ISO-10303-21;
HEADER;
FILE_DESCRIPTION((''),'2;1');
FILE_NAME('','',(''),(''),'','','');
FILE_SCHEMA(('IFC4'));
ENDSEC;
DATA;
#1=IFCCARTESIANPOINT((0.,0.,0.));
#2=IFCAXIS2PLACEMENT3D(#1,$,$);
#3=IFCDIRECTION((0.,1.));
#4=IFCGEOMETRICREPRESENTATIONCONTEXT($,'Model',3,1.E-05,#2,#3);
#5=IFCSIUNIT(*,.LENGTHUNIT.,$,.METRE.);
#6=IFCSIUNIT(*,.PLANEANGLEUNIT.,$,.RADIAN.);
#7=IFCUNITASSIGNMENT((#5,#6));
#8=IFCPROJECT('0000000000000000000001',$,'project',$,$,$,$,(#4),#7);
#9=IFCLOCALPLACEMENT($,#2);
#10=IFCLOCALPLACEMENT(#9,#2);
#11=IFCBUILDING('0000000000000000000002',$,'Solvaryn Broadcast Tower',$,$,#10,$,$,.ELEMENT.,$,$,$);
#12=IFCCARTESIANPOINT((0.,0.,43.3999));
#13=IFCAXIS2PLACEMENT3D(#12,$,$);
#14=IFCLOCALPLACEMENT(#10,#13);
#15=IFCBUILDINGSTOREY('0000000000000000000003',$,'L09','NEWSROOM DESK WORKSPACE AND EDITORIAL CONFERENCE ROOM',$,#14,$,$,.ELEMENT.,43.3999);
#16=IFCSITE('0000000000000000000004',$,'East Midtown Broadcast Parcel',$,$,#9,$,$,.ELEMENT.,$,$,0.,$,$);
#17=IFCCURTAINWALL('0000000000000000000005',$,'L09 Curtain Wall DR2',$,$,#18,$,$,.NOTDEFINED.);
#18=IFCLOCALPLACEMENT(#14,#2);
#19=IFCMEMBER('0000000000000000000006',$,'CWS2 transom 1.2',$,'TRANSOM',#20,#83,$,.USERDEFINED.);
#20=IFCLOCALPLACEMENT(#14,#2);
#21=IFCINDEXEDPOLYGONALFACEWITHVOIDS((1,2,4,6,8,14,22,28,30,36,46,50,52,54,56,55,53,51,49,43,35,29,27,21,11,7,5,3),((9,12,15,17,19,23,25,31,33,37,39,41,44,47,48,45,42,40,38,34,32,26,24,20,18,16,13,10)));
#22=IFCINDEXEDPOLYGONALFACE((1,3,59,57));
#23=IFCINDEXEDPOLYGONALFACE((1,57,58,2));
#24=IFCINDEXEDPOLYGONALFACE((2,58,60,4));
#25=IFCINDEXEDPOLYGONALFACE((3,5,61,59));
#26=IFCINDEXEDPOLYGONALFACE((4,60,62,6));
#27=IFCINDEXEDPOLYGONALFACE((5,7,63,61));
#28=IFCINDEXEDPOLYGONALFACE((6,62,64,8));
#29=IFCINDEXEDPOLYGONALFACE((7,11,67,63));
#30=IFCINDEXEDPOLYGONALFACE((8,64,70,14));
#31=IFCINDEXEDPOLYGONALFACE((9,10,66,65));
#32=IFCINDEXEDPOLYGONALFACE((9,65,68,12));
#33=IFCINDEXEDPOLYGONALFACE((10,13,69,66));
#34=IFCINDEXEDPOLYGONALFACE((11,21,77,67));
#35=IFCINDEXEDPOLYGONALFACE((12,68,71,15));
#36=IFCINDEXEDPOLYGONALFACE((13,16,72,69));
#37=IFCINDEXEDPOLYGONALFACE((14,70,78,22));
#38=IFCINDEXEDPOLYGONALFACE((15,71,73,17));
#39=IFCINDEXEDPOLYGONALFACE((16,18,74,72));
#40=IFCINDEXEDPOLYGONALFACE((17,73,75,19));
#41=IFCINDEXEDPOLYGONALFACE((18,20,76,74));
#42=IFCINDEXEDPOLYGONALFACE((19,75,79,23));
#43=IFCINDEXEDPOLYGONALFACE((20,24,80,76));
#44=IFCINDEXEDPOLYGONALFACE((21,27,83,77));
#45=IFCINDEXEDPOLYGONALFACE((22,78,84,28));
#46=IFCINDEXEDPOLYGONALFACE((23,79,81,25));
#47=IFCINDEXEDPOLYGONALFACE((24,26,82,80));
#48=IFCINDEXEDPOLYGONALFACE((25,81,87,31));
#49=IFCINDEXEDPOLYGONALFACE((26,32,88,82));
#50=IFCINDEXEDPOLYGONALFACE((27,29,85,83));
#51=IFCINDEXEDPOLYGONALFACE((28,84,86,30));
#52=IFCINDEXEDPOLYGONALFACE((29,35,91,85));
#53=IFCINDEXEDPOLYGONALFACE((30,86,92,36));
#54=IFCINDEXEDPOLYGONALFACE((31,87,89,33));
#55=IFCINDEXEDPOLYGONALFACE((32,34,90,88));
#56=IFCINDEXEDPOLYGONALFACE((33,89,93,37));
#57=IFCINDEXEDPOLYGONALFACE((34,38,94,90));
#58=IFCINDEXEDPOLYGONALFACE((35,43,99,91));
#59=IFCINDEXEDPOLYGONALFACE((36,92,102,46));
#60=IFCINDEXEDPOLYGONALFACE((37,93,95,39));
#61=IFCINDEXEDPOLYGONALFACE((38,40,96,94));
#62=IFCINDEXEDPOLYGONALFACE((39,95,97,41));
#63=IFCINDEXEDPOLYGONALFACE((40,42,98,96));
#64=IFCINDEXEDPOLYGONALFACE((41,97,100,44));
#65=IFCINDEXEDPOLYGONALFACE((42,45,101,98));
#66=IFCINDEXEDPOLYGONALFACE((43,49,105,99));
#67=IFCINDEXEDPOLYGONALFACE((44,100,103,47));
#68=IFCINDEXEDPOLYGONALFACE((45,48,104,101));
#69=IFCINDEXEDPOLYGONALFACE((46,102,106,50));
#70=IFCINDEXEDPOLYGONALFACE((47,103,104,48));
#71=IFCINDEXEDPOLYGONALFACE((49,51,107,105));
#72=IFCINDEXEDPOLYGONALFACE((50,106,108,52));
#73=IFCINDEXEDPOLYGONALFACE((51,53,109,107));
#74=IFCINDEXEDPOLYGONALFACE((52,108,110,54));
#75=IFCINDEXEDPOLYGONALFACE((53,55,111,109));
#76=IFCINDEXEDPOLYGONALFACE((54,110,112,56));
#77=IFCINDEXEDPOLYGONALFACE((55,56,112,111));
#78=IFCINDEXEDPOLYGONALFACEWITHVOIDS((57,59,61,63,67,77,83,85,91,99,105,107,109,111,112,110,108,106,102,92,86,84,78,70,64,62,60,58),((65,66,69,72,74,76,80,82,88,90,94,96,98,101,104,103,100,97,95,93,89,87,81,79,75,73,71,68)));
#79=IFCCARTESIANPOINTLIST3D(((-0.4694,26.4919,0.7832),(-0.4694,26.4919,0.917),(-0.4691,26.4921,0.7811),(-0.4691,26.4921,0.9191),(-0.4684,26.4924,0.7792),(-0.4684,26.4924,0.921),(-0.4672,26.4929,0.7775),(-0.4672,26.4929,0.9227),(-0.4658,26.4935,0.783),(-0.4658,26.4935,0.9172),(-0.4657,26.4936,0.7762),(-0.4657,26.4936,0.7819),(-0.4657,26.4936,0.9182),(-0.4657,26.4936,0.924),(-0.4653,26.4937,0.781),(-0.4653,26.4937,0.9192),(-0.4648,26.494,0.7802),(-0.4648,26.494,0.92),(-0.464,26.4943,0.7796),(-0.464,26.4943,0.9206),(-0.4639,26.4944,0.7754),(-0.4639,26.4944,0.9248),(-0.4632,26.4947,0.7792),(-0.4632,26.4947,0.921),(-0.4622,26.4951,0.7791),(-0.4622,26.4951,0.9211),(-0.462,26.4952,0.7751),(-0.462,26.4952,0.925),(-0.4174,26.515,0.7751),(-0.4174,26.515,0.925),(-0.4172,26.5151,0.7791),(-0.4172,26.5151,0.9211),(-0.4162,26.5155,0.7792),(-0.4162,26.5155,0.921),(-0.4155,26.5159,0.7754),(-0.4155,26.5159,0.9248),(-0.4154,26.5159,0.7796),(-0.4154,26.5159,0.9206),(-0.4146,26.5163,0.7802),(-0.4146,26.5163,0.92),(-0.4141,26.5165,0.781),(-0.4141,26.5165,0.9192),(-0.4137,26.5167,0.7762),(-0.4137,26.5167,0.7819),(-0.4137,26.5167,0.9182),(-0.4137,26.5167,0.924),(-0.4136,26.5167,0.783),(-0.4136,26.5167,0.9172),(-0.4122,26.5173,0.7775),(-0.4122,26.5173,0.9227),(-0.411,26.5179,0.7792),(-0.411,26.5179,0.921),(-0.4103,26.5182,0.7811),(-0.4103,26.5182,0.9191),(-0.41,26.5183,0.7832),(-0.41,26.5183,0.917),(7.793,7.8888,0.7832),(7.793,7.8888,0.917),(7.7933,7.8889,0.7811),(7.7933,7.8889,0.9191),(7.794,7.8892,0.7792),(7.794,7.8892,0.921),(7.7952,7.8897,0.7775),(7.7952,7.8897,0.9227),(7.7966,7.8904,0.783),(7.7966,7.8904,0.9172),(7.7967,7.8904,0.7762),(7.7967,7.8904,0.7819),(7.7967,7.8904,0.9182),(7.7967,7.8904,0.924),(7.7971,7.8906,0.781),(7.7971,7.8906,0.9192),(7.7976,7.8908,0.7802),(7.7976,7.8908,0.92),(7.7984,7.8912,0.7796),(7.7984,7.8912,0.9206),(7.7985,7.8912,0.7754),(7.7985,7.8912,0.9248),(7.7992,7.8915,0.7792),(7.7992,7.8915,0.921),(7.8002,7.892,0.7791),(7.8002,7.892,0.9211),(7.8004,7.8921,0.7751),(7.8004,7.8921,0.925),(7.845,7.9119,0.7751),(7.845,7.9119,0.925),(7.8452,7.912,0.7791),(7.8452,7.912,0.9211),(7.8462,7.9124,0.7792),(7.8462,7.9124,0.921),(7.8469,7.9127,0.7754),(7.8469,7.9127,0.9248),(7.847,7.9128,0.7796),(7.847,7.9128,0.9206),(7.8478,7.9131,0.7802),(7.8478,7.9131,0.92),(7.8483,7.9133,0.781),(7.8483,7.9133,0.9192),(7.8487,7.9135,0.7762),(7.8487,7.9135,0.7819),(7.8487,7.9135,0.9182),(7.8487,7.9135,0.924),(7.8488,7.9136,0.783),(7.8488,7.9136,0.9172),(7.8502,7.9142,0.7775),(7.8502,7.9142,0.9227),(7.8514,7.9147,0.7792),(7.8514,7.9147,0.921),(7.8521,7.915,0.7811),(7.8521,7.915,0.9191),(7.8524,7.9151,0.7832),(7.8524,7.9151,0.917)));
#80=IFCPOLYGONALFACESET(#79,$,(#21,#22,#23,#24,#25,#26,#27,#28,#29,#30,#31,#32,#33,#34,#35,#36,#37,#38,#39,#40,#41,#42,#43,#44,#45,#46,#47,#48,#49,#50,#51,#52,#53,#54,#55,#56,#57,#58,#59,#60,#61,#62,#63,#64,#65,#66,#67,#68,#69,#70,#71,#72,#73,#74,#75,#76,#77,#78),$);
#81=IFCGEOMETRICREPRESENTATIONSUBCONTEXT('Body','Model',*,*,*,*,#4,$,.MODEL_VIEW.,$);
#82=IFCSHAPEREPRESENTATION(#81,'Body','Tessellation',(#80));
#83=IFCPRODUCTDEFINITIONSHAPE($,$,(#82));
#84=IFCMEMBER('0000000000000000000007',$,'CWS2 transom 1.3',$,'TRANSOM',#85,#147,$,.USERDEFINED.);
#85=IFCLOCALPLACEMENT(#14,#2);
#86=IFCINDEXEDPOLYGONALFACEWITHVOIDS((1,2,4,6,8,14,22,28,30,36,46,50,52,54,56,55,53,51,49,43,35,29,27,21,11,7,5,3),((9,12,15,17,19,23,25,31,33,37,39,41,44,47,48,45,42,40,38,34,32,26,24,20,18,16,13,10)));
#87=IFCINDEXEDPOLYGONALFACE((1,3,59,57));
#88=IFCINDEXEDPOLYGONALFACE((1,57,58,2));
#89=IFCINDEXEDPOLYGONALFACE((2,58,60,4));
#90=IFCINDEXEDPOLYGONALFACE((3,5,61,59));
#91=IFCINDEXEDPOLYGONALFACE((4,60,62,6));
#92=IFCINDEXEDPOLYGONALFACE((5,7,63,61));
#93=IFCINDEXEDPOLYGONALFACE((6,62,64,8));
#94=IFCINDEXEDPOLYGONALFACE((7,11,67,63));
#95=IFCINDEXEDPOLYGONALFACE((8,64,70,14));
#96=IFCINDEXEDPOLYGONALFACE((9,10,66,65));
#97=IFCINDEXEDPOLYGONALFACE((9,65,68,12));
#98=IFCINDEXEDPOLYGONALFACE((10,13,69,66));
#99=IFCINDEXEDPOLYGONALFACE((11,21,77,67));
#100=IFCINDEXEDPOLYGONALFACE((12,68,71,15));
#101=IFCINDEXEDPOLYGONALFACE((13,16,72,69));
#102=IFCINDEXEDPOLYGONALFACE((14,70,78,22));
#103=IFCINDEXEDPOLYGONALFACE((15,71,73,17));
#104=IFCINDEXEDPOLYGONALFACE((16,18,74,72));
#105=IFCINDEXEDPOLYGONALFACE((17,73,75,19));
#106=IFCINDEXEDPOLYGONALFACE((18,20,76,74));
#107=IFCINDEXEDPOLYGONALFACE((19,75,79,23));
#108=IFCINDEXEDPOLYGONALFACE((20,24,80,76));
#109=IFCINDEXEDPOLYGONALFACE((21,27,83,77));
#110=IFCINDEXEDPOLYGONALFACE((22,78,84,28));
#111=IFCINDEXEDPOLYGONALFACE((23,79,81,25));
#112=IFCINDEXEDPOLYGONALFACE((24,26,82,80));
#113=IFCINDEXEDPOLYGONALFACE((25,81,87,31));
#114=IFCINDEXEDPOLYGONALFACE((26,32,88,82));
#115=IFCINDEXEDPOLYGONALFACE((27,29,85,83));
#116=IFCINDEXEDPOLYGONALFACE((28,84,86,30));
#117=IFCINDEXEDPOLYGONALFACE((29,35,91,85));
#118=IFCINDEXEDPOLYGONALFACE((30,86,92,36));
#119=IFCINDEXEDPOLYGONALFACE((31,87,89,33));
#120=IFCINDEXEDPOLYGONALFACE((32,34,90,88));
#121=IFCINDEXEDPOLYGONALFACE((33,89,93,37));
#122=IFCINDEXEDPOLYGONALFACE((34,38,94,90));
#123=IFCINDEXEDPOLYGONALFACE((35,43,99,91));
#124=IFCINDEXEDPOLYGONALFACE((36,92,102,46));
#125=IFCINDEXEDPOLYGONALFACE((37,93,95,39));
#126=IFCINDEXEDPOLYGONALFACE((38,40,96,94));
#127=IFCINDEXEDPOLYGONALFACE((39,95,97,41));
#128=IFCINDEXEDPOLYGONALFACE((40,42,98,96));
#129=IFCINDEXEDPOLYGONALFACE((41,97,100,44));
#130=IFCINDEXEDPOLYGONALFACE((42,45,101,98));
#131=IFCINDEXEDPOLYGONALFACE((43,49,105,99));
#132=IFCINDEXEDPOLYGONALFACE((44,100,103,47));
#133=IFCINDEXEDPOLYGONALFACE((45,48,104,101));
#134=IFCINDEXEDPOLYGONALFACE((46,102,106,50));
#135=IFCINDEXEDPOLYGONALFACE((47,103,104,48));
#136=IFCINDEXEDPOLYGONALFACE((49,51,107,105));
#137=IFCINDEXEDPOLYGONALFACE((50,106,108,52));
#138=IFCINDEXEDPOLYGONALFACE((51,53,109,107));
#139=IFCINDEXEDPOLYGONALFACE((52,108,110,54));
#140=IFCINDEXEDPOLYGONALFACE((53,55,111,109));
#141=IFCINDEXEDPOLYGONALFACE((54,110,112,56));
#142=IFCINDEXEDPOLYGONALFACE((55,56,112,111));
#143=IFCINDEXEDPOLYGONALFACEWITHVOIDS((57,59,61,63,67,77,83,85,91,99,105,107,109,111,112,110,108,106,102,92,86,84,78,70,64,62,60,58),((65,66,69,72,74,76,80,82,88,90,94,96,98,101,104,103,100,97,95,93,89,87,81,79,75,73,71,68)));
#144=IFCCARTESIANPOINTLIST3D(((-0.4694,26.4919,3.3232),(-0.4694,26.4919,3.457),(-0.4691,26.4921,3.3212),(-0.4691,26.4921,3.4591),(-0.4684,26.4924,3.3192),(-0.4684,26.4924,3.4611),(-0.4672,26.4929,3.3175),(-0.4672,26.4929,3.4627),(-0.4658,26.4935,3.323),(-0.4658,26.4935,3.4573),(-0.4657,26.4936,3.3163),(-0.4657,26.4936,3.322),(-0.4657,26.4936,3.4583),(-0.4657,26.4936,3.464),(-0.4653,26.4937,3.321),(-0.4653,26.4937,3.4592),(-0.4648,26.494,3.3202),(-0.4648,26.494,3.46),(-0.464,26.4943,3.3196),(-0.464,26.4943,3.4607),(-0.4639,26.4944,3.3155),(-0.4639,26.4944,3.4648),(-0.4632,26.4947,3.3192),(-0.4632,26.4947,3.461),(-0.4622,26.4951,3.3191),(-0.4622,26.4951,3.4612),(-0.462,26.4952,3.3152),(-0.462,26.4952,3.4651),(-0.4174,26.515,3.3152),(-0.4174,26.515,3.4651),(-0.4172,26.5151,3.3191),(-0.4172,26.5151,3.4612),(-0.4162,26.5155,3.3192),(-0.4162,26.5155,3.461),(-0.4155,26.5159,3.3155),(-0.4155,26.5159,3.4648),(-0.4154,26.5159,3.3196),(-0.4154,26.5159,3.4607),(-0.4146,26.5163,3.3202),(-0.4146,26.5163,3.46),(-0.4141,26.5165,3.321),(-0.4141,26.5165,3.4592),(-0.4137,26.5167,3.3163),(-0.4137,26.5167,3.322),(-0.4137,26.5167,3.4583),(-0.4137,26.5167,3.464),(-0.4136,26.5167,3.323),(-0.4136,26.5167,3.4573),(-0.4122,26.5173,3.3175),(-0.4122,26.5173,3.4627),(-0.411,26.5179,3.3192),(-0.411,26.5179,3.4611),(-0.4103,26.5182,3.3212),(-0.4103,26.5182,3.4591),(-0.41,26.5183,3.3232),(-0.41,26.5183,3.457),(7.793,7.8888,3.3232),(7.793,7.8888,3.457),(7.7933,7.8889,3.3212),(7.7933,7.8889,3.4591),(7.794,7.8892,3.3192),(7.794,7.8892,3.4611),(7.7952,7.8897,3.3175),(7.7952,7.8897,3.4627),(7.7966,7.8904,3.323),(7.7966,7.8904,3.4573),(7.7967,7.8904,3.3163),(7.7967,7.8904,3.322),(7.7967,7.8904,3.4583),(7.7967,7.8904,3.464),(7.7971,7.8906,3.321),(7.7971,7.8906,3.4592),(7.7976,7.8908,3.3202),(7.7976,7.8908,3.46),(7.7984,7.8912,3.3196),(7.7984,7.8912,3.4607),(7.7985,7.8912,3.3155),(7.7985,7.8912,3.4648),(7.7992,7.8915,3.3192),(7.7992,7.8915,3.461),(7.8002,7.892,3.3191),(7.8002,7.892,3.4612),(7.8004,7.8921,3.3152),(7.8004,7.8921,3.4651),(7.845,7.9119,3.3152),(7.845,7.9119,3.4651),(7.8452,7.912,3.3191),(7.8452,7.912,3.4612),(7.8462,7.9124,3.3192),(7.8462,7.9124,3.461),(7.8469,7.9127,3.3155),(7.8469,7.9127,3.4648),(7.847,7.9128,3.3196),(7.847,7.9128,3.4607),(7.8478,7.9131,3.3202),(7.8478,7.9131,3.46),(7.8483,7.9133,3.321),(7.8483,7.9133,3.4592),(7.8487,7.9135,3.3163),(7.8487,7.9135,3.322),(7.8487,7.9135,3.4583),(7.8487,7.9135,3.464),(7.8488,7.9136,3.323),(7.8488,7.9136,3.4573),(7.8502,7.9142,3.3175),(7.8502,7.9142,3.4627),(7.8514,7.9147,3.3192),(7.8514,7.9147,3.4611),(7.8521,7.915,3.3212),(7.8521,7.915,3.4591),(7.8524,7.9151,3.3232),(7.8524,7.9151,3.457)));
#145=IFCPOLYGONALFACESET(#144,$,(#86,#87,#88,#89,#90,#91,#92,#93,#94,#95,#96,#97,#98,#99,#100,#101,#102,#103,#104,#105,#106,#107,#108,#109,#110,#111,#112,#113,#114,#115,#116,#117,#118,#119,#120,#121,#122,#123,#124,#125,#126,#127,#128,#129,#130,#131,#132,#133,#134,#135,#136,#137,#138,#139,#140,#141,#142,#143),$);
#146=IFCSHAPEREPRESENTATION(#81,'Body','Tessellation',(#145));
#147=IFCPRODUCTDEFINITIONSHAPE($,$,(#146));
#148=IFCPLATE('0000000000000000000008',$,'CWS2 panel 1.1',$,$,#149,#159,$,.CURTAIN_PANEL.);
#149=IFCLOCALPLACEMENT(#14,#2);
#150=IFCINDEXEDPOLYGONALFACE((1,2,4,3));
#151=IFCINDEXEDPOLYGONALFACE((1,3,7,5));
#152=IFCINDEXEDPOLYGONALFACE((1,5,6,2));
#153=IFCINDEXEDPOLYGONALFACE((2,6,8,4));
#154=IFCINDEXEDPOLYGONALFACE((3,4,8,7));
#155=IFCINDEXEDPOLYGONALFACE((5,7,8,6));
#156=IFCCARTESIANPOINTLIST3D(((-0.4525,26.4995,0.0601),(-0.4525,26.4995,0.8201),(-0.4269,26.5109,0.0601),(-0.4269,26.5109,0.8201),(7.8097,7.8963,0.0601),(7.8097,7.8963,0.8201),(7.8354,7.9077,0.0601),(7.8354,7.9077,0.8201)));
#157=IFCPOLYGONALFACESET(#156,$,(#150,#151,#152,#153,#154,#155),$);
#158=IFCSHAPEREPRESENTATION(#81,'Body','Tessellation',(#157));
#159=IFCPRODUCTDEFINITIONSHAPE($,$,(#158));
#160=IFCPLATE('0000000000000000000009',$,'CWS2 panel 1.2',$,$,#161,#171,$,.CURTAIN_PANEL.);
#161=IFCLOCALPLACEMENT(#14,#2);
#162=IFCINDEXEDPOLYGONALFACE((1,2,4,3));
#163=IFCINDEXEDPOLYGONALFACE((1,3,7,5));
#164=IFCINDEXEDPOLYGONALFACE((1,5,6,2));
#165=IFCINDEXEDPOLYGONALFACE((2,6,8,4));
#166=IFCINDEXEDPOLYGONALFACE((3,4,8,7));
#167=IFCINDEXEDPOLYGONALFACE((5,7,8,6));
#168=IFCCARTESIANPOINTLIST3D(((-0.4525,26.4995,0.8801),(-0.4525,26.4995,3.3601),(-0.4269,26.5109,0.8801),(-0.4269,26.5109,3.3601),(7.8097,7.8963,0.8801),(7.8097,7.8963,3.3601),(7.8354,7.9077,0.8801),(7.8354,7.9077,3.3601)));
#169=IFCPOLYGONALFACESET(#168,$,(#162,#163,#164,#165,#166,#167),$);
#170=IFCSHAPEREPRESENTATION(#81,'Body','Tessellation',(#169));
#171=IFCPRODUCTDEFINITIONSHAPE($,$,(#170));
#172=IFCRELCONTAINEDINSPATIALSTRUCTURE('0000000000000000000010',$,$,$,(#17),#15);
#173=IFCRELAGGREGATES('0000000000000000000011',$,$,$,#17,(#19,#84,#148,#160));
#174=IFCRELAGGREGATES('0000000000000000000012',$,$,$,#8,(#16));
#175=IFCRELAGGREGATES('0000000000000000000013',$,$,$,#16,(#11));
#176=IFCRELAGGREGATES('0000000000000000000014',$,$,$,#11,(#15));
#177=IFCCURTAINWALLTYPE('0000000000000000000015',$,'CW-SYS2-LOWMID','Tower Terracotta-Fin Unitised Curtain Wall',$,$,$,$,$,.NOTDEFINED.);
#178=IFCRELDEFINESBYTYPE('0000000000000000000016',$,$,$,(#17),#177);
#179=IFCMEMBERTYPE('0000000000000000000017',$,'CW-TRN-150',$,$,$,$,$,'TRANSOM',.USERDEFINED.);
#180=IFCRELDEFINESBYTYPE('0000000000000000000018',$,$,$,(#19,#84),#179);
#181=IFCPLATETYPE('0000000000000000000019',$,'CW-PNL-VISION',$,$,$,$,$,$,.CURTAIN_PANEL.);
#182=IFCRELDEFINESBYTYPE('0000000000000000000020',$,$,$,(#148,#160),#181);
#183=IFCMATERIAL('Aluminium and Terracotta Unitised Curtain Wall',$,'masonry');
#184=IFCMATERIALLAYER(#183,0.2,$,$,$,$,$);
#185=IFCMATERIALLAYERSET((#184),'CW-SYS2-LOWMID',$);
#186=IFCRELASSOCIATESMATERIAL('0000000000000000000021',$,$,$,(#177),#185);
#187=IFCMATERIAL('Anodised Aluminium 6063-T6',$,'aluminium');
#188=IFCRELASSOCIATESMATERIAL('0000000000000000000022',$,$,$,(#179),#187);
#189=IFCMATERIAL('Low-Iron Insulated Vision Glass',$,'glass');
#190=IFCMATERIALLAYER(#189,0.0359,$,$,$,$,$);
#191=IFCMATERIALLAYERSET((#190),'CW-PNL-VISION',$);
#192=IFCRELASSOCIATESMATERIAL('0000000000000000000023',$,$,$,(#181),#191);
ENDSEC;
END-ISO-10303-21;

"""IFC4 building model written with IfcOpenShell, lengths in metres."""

from ifc_helpers import new_model, si_unit, direction, frame, origin, origin_2d, place, context, subcontext, project, spatial, rectangle, hollow_rectangle, extrude, material, layer, layer_set, material_profile, profile_set, type_object, element, aggregate, save


model = new_model("IFC4")

# Units and contexts
model_context = context("Model", 3, precision=1e-05, world=origin(), true_north=direction((0.0, 1.0)))
body_context = subcontext(model_context, "Body", "Model", "MODEL_VIEW")
ifc_project = project(units=[si_unit("LENGTHUNIT", "METRE"), si_unit("PLANEANGLEUNIT", "RADIAN")], contexts=[model_context])

# Site, building, storey
site_placement = place(None, origin())
site = spatial("IfcSite", under=ifc_project, at=site_placement, Name="East Midtown Broadcast Parcel", CompositionType="ELEMENT", RefElevation=0.0)
building_placement = place(site_placement, origin())
building = spatial("IfcBuilding", under=site, at=building_placement, Name="Solvaryn Broadcast Tower", CompositionType="ELEMENT")
storey_placement = place(building_placement, frame((0.0, 0.0, 43.3999)))
storey = spatial("IfcBuildingStorey", under=building, at=storey_placement, Name="L09", Description="NEWSROOM DESK WORKSPACE AND EDITORIAL CONFERENCE ROOM", CompositionType="ELEMENT", Elevation=43.3999)

# Shared definitions
ifc_material_1 = material(Name="Aluminium and Terracotta Unitised Curtain Wall", Category="masonry")
ifc_layer_1 = layer(ifc_material_1, 0.2)
ifc_layer_set_1 = layer_set([ifc_layer_1], Name="CW-SYS2-LOWMID")
curtain_wall_type = type_object("IfcCurtainWallType", Name="CW-SYS2-LOWMID", Description="Tower Terracotta-Fin Unitised Curtain Wall", PredefinedType="NOTDEFINED", material=ifc_layer_set_1)

# Curtain wall, members, plates
curtain_wall_1_placement = place(storey_placement, origin())
curtain_wall_1 = element("IfcCurtainWall", 1, at=curtain_wall_1_placement, inside=storey, type_object=curtain_wall_type, Name="L09 Curtain Wall DR2", PredefinedType="NOTDEFINED")
ifc_material_2 = material(Name="Anodised Aluminium 6063-T6", Category="aluminium")
ifc_material_profile_1 = material_profile(ifc_material_2, hollow_rectangle(XDim=0.0649, YDim=0.1499, WallThickness=0.0039, InnerFilletRadius=0.0039, OuterFilletRadius=0.0081, at=origin_2d()))
ifc_profile_set_1 = profile_set([ifc_material_profile_1], Name="Anodised Aluminium 6063-T6")
member_type_1 = type_object("IfcMemberType", Name="CW-TRN-150", ElementType="TRANSOM", PredefinedType="USERDEFINED", material=ifc_profile_set_1)
member_1_placement = place(storey_placement, frame((-0.4397, 26.5051, 0.8501), z_axis=(0.405906, -0.913915, 0.0), x_axis=(0.913915, 0.405906, 0.0)))
member_1 = element("IfcMember", 2, at=member_1_placement, type_object=member_type_1, Name="CWS2 transom 1.2", ObjectType="TRANSOM", PredefinedType="USERDEFINED", context=body_context, shape_type="SweptSolid", body=[
    extrude(hollow_rectangle(XDim=0.0649, YDim=0.1499, WallThickness=0.0039, InnerFilletRadius=0.0039, OuterFilletRadius=0.0081, at=origin_2d()), origin(), (0.0, 0.0, 1.0), 20.3555),
])
member_2_placement = place(storey_placement, frame((-0.4397, 26.5051, 3.3901), z_axis=(0.405906, -0.913915, 0.0), x_axis=(0.913915, 0.405906, 0.0)))
member_2 = element("IfcMember", 3, at=member_2_placement, type_object=member_type_1, Name="CWS2 transom 1.3", ObjectType="TRANSOM", PredefinedType="USERDEFINED", context=body_context, shape_type="SweptSolid", body=[
    extrude(hollow_rectangle(XDim=0.0649, YDim=0.1499, WallThickness=0.0039, InnerFilletRadius=0.0039, OuterFilletRadius=0.0081, at=origin_2d()), origin(), (0.0, 0.0, 1.0), 20.3555),
])
ifc_material_3 = material(Name="Low-Iron Insulated Vision Glass", Category="glass")
ifc_layer_2 = layer(ifc_material_3, 0.0359)
ifc_layer_set_2 = layer_set([ifc_layer_2], Name="CW-PNL-VISION")
plate_type = type_object("IfcPlateType", Name="CW-PNL-VISION", PredefinedType="CURTAIN_PANEL", material=ifc_layer_set_2)
plate_1_placement = place(storey_placement, frame((3.6914, 17.2036, 0.0601), z_axis=(0.0, 0.0, 1.0), x_axis=(0.405898, -0.913918, 0.0)))
plate_1 = element("IfcPlate", 4, at=plate_1_placement, type_object=plate_type, Name="CWS2 panel 1.1", PredefinedType="CURTAIN_PANEL", context=body_context, shape_type="SweptSolid", body=[
    extrude(rectangle(XDim=20.3555, YDim=0.0281, at=origin_2d()), origin(), (0.0, 0.0, 1.0), 0.76),
])
plate_2_placement = place(storey_placement, frame((3.6914, 17.2036, 0.8801), z_axis=(0.0, 0.0, 1.0), x_axis=(0.405898, -0.913918, 0.0)))
plate_2 = element("IfcPlate", 5, at=plate_2_placement, type_object=plate_type, Name="CWS2 panel 1.2", PredefinedType="CURTAIN_PANEL", context=body_context, shape_type="SweptSolid", body=[
    extrude(rectangle(XDim=20.3555, YDim=0.0281, at=origin_2d()), origin(), (0.0, 0.0, 1.0), 2.48),
])
aggregate(curtain_wall_1, [member_1, member_2, plate_1, plate_2])

save(model, "model.ifc")
